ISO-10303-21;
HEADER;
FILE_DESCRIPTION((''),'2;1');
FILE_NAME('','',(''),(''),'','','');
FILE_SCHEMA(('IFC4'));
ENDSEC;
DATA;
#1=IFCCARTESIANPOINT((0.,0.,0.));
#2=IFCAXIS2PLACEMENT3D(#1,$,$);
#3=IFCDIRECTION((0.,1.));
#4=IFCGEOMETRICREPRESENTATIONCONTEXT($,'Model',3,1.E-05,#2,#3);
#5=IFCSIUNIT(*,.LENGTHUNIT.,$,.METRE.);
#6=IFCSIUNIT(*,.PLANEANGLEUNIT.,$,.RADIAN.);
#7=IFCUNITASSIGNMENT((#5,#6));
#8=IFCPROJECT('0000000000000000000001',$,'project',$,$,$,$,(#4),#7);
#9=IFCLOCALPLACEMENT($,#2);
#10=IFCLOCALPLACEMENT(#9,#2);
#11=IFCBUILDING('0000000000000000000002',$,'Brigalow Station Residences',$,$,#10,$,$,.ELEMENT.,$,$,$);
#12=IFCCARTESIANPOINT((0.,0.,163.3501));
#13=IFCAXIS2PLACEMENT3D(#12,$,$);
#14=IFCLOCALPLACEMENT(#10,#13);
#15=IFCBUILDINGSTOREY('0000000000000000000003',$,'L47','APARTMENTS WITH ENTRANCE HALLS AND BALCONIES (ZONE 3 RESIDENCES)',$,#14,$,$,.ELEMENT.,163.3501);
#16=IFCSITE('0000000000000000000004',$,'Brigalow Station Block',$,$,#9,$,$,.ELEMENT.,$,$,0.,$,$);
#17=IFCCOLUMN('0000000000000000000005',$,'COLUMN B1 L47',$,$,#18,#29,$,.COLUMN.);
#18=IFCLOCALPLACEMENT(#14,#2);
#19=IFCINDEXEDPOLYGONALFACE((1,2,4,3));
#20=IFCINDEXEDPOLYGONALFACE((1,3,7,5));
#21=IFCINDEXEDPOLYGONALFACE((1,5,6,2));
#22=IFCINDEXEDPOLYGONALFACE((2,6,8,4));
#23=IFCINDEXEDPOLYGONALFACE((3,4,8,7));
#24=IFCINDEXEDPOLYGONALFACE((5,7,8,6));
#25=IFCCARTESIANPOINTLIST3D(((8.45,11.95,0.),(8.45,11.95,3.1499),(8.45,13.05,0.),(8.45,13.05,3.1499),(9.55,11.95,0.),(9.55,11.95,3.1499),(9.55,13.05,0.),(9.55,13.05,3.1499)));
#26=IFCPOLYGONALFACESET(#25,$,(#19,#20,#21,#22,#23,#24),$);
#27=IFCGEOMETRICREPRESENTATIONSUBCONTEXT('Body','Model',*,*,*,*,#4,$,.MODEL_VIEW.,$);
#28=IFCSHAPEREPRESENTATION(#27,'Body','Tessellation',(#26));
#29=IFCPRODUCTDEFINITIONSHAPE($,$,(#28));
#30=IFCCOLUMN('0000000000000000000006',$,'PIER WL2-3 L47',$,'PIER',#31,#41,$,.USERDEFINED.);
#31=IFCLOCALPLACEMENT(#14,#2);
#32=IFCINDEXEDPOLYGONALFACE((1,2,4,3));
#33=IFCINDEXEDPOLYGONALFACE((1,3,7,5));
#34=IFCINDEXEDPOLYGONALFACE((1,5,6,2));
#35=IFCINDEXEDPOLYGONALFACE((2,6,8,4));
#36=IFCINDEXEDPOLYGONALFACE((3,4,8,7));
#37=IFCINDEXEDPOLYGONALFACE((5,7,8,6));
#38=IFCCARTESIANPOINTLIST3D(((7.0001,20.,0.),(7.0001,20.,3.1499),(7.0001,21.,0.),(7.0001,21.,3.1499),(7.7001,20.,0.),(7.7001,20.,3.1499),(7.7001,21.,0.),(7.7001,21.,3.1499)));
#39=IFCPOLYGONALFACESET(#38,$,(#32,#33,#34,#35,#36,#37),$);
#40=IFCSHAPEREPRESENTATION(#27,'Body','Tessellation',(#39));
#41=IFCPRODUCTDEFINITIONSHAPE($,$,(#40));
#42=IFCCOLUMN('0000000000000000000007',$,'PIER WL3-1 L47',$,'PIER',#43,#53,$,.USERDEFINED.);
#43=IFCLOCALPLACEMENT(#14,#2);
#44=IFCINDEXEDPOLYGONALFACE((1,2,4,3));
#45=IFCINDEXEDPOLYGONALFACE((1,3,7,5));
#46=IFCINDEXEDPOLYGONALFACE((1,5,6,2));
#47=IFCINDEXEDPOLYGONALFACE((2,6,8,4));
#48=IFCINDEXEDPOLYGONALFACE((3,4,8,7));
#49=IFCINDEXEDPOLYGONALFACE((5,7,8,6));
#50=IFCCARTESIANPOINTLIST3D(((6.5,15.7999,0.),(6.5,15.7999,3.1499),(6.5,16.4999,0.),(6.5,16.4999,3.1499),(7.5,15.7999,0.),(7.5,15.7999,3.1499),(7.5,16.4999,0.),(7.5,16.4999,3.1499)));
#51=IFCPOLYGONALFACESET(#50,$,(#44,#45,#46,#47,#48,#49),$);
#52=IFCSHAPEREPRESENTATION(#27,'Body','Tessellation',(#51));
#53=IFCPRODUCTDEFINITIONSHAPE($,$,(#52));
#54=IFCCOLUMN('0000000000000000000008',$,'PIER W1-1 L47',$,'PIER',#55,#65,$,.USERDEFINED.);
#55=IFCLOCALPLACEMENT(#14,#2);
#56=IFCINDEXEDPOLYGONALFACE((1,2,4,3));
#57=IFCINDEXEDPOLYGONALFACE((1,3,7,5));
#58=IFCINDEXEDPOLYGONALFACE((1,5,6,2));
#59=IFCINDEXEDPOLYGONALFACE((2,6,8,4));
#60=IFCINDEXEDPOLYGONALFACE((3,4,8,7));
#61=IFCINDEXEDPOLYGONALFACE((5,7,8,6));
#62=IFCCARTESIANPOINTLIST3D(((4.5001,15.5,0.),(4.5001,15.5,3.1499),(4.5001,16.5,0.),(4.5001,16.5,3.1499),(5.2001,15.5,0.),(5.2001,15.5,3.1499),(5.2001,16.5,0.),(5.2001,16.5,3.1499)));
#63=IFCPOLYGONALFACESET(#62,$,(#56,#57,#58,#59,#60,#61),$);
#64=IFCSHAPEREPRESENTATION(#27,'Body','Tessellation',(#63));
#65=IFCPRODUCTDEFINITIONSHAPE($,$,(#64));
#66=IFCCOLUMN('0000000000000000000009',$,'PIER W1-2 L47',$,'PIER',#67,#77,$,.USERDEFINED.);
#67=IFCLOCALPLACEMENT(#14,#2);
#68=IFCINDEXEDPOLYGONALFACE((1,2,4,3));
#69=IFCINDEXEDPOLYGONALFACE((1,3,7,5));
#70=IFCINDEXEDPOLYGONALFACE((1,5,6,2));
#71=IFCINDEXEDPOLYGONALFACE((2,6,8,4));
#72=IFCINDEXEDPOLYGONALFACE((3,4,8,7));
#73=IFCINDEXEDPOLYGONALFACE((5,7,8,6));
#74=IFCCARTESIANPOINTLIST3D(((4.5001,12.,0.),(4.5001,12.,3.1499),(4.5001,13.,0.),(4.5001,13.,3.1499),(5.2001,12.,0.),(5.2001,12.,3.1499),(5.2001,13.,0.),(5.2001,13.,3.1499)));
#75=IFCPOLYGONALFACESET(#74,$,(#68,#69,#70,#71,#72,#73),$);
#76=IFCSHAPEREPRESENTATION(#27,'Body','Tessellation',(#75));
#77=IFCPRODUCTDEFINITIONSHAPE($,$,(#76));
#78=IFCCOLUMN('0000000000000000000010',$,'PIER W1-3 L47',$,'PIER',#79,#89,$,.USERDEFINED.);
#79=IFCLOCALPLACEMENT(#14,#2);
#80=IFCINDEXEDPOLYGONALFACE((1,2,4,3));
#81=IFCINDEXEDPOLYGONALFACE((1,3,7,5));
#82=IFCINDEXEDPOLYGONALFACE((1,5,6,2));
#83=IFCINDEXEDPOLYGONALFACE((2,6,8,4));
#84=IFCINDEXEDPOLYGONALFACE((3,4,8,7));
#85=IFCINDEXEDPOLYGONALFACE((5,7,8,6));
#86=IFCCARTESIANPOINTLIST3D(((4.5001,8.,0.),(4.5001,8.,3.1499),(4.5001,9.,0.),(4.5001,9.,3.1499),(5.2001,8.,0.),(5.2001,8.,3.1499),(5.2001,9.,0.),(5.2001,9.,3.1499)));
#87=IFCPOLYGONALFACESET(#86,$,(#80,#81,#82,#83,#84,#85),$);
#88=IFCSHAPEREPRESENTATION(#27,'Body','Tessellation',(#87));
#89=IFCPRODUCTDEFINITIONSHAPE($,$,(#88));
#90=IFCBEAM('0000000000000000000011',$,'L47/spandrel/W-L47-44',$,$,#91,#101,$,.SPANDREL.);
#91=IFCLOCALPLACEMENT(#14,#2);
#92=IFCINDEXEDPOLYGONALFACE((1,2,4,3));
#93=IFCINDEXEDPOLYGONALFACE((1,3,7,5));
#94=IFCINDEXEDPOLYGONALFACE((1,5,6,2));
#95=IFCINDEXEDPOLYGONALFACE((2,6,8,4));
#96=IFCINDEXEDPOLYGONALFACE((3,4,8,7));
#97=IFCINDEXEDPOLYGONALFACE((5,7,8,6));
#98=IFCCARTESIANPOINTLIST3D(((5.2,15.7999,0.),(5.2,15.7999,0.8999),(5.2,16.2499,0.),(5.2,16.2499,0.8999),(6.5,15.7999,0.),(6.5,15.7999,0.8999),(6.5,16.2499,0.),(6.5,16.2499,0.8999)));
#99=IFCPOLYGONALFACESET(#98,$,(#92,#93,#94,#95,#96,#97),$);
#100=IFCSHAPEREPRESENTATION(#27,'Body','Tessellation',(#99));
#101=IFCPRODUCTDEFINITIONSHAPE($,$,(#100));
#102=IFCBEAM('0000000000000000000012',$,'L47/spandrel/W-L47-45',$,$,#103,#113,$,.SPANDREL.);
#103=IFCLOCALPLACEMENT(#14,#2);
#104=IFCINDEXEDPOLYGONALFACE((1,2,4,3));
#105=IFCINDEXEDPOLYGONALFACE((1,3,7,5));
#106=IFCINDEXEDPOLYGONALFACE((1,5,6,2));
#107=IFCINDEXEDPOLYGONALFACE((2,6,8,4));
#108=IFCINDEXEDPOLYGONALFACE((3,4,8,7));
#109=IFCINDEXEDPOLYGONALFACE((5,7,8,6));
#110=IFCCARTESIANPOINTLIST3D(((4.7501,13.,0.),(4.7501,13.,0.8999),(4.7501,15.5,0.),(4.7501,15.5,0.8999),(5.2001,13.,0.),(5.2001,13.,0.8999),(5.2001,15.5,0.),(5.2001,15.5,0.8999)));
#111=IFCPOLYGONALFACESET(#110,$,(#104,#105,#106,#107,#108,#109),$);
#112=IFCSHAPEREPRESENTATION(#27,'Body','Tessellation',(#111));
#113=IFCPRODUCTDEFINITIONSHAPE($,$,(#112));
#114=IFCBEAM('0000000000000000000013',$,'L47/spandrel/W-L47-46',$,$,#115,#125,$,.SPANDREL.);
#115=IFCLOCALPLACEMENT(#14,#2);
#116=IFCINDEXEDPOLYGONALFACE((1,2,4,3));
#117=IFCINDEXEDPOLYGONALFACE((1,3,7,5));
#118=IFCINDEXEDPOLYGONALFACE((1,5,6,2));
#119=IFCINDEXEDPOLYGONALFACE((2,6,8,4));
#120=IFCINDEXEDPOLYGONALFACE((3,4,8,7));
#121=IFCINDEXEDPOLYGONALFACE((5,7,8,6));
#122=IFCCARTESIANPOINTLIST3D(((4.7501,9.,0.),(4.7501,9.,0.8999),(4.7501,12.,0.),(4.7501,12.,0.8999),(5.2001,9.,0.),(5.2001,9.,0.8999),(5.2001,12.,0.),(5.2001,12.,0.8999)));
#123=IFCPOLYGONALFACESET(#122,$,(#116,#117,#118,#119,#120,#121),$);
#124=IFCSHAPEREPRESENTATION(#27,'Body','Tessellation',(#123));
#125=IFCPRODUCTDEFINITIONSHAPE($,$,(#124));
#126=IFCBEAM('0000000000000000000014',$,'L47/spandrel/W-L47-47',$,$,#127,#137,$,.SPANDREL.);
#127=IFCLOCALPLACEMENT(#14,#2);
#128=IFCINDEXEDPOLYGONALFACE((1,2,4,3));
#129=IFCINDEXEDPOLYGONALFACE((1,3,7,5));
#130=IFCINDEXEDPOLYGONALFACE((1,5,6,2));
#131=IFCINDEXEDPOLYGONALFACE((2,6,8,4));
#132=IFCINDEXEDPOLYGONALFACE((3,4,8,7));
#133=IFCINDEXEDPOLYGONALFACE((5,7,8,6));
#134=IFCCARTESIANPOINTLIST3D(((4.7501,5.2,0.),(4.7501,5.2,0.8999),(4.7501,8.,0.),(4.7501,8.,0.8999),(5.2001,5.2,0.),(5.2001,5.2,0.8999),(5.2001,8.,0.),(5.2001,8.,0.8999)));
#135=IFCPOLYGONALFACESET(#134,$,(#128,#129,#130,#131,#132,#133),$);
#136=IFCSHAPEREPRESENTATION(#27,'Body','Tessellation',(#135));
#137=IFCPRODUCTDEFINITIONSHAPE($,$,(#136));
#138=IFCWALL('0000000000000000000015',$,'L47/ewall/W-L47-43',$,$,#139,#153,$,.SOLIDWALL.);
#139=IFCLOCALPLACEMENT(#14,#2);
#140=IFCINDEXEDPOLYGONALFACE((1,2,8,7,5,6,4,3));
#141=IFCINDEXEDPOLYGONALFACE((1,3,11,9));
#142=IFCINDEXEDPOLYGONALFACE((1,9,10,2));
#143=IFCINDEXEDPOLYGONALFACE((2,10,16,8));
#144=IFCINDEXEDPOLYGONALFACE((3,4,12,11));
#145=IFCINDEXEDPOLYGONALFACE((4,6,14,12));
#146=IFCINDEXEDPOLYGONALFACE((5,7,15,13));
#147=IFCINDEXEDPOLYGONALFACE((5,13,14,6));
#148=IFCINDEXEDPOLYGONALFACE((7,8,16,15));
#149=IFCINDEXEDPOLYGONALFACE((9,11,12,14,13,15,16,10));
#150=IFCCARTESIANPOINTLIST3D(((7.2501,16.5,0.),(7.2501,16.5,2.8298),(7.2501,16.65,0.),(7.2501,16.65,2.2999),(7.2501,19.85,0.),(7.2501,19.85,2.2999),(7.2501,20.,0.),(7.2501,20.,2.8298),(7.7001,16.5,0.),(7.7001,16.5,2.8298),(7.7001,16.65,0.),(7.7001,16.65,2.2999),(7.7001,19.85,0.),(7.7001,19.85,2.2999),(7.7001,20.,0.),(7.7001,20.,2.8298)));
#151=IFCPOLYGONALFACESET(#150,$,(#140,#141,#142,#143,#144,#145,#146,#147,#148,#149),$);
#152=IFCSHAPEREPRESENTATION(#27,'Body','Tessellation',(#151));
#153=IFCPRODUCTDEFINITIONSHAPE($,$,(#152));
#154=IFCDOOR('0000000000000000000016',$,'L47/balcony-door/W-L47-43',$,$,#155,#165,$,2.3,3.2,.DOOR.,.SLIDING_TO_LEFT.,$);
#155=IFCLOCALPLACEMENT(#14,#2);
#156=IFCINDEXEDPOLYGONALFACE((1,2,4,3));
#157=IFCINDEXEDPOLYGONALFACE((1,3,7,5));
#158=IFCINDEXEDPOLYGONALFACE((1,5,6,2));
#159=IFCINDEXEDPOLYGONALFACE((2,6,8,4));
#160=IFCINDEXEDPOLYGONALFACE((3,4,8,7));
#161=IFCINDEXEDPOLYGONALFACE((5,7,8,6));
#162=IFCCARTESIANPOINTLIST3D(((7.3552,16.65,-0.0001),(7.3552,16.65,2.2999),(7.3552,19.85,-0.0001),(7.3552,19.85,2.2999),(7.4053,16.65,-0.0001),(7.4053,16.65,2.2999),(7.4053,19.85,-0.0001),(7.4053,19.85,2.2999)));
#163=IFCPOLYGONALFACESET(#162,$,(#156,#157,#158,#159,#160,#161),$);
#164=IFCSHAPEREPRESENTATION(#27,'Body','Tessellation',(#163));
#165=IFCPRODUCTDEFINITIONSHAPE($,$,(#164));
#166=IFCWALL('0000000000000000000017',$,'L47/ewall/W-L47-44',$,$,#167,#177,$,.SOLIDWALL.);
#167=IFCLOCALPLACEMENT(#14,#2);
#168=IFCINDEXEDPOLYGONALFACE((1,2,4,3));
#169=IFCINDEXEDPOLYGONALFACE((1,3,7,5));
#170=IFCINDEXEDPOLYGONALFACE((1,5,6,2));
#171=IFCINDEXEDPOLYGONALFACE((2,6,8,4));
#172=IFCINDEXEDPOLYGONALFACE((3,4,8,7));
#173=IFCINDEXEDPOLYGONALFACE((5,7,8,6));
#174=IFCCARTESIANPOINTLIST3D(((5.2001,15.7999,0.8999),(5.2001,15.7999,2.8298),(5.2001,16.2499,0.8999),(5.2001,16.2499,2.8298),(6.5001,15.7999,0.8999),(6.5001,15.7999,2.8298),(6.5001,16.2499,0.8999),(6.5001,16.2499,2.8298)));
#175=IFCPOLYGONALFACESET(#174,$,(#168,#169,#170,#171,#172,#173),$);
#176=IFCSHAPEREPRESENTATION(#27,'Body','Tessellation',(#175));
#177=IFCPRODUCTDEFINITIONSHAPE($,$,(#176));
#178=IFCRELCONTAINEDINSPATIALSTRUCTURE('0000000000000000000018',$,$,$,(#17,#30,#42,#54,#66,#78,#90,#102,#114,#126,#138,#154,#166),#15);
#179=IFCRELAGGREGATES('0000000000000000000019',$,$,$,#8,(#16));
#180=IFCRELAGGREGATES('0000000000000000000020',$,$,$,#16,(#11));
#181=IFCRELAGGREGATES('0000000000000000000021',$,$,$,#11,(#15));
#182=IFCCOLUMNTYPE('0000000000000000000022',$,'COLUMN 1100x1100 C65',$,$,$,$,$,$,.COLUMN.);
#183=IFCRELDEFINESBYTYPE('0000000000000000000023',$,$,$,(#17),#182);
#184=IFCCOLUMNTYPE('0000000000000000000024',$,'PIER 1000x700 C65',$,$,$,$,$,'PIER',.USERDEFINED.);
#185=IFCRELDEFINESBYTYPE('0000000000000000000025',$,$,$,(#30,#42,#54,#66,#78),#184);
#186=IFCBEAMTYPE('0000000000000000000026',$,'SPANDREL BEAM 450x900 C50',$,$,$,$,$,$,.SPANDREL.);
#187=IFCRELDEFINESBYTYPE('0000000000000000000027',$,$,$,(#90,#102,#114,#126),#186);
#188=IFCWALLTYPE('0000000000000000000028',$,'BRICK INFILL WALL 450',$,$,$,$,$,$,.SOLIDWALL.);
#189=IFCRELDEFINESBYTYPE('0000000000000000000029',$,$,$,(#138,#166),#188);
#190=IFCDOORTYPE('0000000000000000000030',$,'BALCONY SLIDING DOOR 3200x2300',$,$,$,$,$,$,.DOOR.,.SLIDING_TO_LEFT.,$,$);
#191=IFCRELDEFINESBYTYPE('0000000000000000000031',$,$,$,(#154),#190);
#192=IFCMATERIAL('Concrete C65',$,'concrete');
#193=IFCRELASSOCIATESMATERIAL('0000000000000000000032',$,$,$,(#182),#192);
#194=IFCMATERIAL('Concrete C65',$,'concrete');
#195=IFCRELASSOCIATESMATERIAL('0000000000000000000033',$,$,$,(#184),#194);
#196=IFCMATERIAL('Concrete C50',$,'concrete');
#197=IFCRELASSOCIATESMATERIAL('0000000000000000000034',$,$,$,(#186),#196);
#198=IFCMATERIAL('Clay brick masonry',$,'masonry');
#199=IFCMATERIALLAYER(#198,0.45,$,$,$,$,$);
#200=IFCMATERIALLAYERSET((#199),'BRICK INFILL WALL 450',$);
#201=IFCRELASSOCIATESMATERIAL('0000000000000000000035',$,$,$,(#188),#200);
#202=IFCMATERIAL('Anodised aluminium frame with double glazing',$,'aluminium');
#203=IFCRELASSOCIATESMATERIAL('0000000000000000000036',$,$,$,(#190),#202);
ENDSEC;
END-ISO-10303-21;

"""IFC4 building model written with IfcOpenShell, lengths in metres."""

from ifc_helpers import new_model, si_unit, direction, frame, frame_2d, origin, origin_2d, place, context, subcontext, project, spatial, rectangle, extrude, material, layer, layer_set, material_profile, profile_set, type_object, element, fill, save


model = new_model("IFC4")

# Units and contexts
model_context = context("Model", 3, precision=1e-05, world=origin(), true_north=direction((0.0, 1.0)))
body_context = subcontext(model_context, "Body", "Model", "MODEL_VIEW")
ifc_project = project(units=[si_unit("LENGTHUNIT", "METRE"), si_unit("PLANEANGLEUNIT", "RADIAN")], contexts=[model_context])

# Site, building, storey
site_placement = place(None, origin())
site = spatial("IfcSite", under=ifc_project, at=site_placement, Name="Brigalow Station Block", CompositionType="ELEMENT", RefElevation=0.0)
building_placement = place(site_placement, origin())
building = spatial("IfcBuilding", under=site, at=building_placement, Name="Brigalow Station Residences", CompositionType="ELEMENT")
storey_placement = place(building_placement, frame((0.0, 0.0, 163.3501)))
storey = spatial("IfcBuildingStorey", under=building, at=storey_placement, Name="L47", Description="APARTMENTS WITH ENTRANCE HALLS AND BALCONIES (ZONE 3 RESIDENCES)", CompositionType="ELEMENT", Elevation=163.3501)

# Columns
ifc_material_1 = material(Name="Concrete C65", Category="concrete")
ifc_material_profile_1 = material_profile(ifc_material_1, rectangle(XDim=1.1001, YDim=1.1001, at=origin_2d()), Name="RC1100x1100")
ifc_profile_set_1 = profile_set([ifc_material_profile_1], Name="Concrete C65")
column_type_1 = type_object("IfcColumnType", Name="COLUMN 1100x1100 C65", PredefinedType="COLUMN", material=ifc_profile_set_1)
column_placement = place(storey_placement, frame((9.0, 12.5, 0.0), z_axis=(0.0, 0.0, 1.0), x_axis=(1.0, 0.0, 0.0)))
element("IfcColumn", 1, at=column_placement, inside=storey, type_object=column_type_1, Name="COLUMN B1 L47", PredefinedType="COLUMN", context=body_context, shape_type="SweptSolid", body=[
    extrude(rectangle(XDim=1.1001, YDim=1.1001, at=origin_2d()), origin(), (0.0, 0.0, 1.0), 3.1499),
])
ifc_material_2 = material(Name="Concrete C65", Category="concrete")
ifc_material_profile_2 = material_profile(ifc_material_2, rectangle(XDim=1.0, YDim=0.7, at=origin_2d()), Name="RC1000x700")
ifc_profile_set_2 = profile_set([ifc_material_profile_2], Name="Concrete C65")
column_type_2 = type_object("IfcColumnType", Name="PIER 1000x700 C65", ElementType="PIER", PredefinedType="USERDEFINED", material=ifc_profile_set_2)
for number, where, z_axis, x_axis, name in (
    (2, (7.3501, 20.5, 0.0), (0.0, 0.0, 1.0), (0.0, -1.0, 0.0), "PIER WL2-3 L47"),
    (3, (7.0, 16.1499, 0.0), (0.0, 0.0, 1.0), (-1.0, 0.0, 0.0), "PIER WL3-1 L47"),
    (4, (4.8501, 16.0, 0.0), (0.0, 0.0, 1.0), (0.0, -1.0, 0.0), "PIER W1-1 L47"),
    (5, (4.8501, 12.5, 0.0), (0.0, 0.0, 1.0), (0.0, -1.0, 0.0), "PIER W1-2 L47"),
    (6, (4.8501, 8.5, 0.0), (0.0, 0.0, 1.0), (0.0, -1.0, 0.0), "PIER W1-3 L47"),
):
    element("IfcColumn", number, at=place(storey_placement, frame(where, z_axis=z_axis, x_axis=x_axis)), inside=storey, type_object=column_type_2, Name=name, ObjectType="PIER", PredefinedType="USERDEFINED", context=body_context, shape_type="SweptSolid", body=[
        extrude(rectangle(XDim=1.0, YDim=0.7, at=origin_2d()), origin(), (0.0, 0.0, 1.0), 3.1499),
    ])

# Beams
ifc_material_3 = material(Name="Concrete C50", Category="concrete")
ifc_material_profile_3 = material_profile(ifc_material_3, rectangle(XDim=0.45, YDim=0.8999, at=origin_2d()), Name="RC450x900")
ifc_profile_set_3 = profile_set([ifc_material_profile_3], Name="Concrete C50")
beam_type = type_object("IfcBeamType", Name="SPANDREL BEAM 450x900 C50", PredefinedType="SPANDREL", material=ifc_profile_set_3)
beam_1_placement = place(storey_placement, frame((6.5, 16.0249, 0.45), z_axis=(-1.0, 0.0, 0.0), x_axis=(0.0, -1.0, 0.0)))
element("IfcBeam", 7, at=beam_1_placement, inside=storey, type_object=beam_type, Name="L47/spandrel/W-L47-44", PredefinedType="SPANDREL", context=body_context, shape_type="SweptSolid", body=[
    extrude(rectangle(XDim=0.45, YDim=0.8999, at=origin_2d()), origin(), (0.0, 0.0, 1.0), 1.3),
])
beam_2_placement = place(storey_placement, frame((4.9751, 15.5, 0.45), z_axis=(0.0, -1.0, 0.0), x_axis=(1.0, 0.0, 0.0)))
element("IfcBeam", 8, at=beam_2_placement, inside=storey, type_object=beam_type, Name="L47/spandrel/W-L47-45", PredefinedType="SPANDREL", context=body_context, shape_type="SweptSolid", body=[
    extrude(rectangle(XDim=0.45, YDim=0.8999, at=origin_2d()), origin(), (0.0, 0.0, 1.0), 2.5),
])
beam_3_placement = place(storey_placement, frame((4.9751, 12.0, 0.45), z_axis=(0.0, -1.0, 0.0), x_axis=(1.0, 0.0, 0.0)))
element("IfcBeam", 9, at=beam_3_placement, inside=storey, type_object=beam_type, Name="L47/spandrel/W-L47-46", PredefinedType="SPANDREL", context=body_context, shape_type="SweptSolid", body=[
    extrude(rectangle(XDim=0.45, YDim=0.8999, at=origin_2d()), origin(), (0.0, 0.0, 1.0), 3.0),
])
beam_4_placement = place(storey_placement, frame((4.9751, 8.0, 0.45), z_axis=(0.0, -1.0, 0.0), x_axis=(1.0, 0.0, 0.0)))
element("IfcBeam", 10, at=beam_4_placement, inside=storey, type_object=beam_type, Name="L47/spandrel/W-L47-47", PredefinedType="SPANDREL", context=body_context, shape_type="SweptSolid", body=[
    extrude(rectangle(XDim=0.45, YDim=0.8999, at=origin_2d()), origin(), (0.0, 0.0, 1.0), 2.8),
])

# Wall, opening, door
ifc_material_4 = material(Name="Clay brick masonry", Category="masonry")
ifc_layer_1 = layer(ifc_material_4, 0.45)
ifc_layer_set_1 = layer_set([ifc_layer_1], Name="BRICK INFILL WALL 450")
wall_type_1 = type_object("IfcWallType", Name="BRICK INFILL WALL 450", PredefinedType="SOLIDWALL", material=ifc_layer_set_1)
wall_1_placement = place(storey_placement, frame((7.4751, 20.0, 0.0), z_axis=(0.0, 0.0, 1.0), x_axis=(0.0, -1.0, 0.0)))
wall_1 = element("IfcWall", 11, at=wall_1_placement, inside=storey, type_object=wall_type_1, Name="L47/ewall/W-L47-43", PredefinedType="SOLIDWALL", context=body_context, shape_type="SweptSolid", body=[
    extrude(rectangle(XDim=3.5, YDim=0.45, at=frame_2d((1.75, 0.0))), origin(), (0.0, 0.0, 1.0), 2.8298),
])
opening_1_placement = place(wall_1_placement, frame((0.1499, 0.0, 0.0)))
opening_1 = element("IfcOpeningElement", 12, at=opening_1_placement, cuts=wall_1, PredefinedType="OPENING", context=body_context, shape_type="SweptSolid", body=[
    extrude(rectangle(XDim=3.2, YDim=2.3, at=frame_2d((1.6001, 1.1499))), frame((0.0, 0.2349, 0.0), z_axis=(0.0, -1.0, 0.0), x_axis=(1.0, 0.0, 0.0)), (0.0, 0.0, 1.0), 0.47),
])
ifc_material_5 = material(Name="Anodised aluminium frame with double glazing", Category="aluminium")
door_type_1 = type_object("IfcDoorType", Name="BALCONY SLIDING DOOR 3200x2300", OperationType="SLIDING_TO_LEFT", PredefinedType="DOOR", material=ifc_material_5)
door_1_placement = place(opening_1_placement, origin())
door_1 = element("IfcDoor", 13, at=door_1_placement, inside=storey, type_object=door_type_1, Name="L47/balcony-door/W-L47-43", OperationType="SLIDING_TO_LEFT", OverallHeight=2.3, OverallWidth=3.2, PredefinedType="DOOR", context=body_context, shape_type="SweptSolid", body=[
    extrude(rectangle(XDim=3.2, YDim=2.3, at=frame_2d((1.6001, 1.1499))), frame((0.0, -0.0698, 0.0), z_axis=(0.0, -1.0, 0.0), x_axis=(1.0, 0.0, 0.0)), (0.0, 0.0, 1.0), 0.05),
])
fill(opening_1, door_1)

# Wall
wall_2_placement = place(storey_placement, frame((6.5, 16.0249, 0.8999), z_axis=(0.0, 0.0, 1.0), x_axis=(-1.0, 0.0, 0.0)))
element("IfcWall", 14, at=wall_2_placement, inside=storey, type_object=wall_type_1, Name="L47/ewall/W-L47-44", PredefinedType="SOLIDWALL", context=body_context, shape_type="SweptSolid", body=[
    extrude(rectangle(XDim=1.3, YDim=0.45, at=frame_2d((0.6499, 0.0))), origin(), (0.0, 0.0, 1.0), 1.9299),
])

save(model, "model.ifc")
